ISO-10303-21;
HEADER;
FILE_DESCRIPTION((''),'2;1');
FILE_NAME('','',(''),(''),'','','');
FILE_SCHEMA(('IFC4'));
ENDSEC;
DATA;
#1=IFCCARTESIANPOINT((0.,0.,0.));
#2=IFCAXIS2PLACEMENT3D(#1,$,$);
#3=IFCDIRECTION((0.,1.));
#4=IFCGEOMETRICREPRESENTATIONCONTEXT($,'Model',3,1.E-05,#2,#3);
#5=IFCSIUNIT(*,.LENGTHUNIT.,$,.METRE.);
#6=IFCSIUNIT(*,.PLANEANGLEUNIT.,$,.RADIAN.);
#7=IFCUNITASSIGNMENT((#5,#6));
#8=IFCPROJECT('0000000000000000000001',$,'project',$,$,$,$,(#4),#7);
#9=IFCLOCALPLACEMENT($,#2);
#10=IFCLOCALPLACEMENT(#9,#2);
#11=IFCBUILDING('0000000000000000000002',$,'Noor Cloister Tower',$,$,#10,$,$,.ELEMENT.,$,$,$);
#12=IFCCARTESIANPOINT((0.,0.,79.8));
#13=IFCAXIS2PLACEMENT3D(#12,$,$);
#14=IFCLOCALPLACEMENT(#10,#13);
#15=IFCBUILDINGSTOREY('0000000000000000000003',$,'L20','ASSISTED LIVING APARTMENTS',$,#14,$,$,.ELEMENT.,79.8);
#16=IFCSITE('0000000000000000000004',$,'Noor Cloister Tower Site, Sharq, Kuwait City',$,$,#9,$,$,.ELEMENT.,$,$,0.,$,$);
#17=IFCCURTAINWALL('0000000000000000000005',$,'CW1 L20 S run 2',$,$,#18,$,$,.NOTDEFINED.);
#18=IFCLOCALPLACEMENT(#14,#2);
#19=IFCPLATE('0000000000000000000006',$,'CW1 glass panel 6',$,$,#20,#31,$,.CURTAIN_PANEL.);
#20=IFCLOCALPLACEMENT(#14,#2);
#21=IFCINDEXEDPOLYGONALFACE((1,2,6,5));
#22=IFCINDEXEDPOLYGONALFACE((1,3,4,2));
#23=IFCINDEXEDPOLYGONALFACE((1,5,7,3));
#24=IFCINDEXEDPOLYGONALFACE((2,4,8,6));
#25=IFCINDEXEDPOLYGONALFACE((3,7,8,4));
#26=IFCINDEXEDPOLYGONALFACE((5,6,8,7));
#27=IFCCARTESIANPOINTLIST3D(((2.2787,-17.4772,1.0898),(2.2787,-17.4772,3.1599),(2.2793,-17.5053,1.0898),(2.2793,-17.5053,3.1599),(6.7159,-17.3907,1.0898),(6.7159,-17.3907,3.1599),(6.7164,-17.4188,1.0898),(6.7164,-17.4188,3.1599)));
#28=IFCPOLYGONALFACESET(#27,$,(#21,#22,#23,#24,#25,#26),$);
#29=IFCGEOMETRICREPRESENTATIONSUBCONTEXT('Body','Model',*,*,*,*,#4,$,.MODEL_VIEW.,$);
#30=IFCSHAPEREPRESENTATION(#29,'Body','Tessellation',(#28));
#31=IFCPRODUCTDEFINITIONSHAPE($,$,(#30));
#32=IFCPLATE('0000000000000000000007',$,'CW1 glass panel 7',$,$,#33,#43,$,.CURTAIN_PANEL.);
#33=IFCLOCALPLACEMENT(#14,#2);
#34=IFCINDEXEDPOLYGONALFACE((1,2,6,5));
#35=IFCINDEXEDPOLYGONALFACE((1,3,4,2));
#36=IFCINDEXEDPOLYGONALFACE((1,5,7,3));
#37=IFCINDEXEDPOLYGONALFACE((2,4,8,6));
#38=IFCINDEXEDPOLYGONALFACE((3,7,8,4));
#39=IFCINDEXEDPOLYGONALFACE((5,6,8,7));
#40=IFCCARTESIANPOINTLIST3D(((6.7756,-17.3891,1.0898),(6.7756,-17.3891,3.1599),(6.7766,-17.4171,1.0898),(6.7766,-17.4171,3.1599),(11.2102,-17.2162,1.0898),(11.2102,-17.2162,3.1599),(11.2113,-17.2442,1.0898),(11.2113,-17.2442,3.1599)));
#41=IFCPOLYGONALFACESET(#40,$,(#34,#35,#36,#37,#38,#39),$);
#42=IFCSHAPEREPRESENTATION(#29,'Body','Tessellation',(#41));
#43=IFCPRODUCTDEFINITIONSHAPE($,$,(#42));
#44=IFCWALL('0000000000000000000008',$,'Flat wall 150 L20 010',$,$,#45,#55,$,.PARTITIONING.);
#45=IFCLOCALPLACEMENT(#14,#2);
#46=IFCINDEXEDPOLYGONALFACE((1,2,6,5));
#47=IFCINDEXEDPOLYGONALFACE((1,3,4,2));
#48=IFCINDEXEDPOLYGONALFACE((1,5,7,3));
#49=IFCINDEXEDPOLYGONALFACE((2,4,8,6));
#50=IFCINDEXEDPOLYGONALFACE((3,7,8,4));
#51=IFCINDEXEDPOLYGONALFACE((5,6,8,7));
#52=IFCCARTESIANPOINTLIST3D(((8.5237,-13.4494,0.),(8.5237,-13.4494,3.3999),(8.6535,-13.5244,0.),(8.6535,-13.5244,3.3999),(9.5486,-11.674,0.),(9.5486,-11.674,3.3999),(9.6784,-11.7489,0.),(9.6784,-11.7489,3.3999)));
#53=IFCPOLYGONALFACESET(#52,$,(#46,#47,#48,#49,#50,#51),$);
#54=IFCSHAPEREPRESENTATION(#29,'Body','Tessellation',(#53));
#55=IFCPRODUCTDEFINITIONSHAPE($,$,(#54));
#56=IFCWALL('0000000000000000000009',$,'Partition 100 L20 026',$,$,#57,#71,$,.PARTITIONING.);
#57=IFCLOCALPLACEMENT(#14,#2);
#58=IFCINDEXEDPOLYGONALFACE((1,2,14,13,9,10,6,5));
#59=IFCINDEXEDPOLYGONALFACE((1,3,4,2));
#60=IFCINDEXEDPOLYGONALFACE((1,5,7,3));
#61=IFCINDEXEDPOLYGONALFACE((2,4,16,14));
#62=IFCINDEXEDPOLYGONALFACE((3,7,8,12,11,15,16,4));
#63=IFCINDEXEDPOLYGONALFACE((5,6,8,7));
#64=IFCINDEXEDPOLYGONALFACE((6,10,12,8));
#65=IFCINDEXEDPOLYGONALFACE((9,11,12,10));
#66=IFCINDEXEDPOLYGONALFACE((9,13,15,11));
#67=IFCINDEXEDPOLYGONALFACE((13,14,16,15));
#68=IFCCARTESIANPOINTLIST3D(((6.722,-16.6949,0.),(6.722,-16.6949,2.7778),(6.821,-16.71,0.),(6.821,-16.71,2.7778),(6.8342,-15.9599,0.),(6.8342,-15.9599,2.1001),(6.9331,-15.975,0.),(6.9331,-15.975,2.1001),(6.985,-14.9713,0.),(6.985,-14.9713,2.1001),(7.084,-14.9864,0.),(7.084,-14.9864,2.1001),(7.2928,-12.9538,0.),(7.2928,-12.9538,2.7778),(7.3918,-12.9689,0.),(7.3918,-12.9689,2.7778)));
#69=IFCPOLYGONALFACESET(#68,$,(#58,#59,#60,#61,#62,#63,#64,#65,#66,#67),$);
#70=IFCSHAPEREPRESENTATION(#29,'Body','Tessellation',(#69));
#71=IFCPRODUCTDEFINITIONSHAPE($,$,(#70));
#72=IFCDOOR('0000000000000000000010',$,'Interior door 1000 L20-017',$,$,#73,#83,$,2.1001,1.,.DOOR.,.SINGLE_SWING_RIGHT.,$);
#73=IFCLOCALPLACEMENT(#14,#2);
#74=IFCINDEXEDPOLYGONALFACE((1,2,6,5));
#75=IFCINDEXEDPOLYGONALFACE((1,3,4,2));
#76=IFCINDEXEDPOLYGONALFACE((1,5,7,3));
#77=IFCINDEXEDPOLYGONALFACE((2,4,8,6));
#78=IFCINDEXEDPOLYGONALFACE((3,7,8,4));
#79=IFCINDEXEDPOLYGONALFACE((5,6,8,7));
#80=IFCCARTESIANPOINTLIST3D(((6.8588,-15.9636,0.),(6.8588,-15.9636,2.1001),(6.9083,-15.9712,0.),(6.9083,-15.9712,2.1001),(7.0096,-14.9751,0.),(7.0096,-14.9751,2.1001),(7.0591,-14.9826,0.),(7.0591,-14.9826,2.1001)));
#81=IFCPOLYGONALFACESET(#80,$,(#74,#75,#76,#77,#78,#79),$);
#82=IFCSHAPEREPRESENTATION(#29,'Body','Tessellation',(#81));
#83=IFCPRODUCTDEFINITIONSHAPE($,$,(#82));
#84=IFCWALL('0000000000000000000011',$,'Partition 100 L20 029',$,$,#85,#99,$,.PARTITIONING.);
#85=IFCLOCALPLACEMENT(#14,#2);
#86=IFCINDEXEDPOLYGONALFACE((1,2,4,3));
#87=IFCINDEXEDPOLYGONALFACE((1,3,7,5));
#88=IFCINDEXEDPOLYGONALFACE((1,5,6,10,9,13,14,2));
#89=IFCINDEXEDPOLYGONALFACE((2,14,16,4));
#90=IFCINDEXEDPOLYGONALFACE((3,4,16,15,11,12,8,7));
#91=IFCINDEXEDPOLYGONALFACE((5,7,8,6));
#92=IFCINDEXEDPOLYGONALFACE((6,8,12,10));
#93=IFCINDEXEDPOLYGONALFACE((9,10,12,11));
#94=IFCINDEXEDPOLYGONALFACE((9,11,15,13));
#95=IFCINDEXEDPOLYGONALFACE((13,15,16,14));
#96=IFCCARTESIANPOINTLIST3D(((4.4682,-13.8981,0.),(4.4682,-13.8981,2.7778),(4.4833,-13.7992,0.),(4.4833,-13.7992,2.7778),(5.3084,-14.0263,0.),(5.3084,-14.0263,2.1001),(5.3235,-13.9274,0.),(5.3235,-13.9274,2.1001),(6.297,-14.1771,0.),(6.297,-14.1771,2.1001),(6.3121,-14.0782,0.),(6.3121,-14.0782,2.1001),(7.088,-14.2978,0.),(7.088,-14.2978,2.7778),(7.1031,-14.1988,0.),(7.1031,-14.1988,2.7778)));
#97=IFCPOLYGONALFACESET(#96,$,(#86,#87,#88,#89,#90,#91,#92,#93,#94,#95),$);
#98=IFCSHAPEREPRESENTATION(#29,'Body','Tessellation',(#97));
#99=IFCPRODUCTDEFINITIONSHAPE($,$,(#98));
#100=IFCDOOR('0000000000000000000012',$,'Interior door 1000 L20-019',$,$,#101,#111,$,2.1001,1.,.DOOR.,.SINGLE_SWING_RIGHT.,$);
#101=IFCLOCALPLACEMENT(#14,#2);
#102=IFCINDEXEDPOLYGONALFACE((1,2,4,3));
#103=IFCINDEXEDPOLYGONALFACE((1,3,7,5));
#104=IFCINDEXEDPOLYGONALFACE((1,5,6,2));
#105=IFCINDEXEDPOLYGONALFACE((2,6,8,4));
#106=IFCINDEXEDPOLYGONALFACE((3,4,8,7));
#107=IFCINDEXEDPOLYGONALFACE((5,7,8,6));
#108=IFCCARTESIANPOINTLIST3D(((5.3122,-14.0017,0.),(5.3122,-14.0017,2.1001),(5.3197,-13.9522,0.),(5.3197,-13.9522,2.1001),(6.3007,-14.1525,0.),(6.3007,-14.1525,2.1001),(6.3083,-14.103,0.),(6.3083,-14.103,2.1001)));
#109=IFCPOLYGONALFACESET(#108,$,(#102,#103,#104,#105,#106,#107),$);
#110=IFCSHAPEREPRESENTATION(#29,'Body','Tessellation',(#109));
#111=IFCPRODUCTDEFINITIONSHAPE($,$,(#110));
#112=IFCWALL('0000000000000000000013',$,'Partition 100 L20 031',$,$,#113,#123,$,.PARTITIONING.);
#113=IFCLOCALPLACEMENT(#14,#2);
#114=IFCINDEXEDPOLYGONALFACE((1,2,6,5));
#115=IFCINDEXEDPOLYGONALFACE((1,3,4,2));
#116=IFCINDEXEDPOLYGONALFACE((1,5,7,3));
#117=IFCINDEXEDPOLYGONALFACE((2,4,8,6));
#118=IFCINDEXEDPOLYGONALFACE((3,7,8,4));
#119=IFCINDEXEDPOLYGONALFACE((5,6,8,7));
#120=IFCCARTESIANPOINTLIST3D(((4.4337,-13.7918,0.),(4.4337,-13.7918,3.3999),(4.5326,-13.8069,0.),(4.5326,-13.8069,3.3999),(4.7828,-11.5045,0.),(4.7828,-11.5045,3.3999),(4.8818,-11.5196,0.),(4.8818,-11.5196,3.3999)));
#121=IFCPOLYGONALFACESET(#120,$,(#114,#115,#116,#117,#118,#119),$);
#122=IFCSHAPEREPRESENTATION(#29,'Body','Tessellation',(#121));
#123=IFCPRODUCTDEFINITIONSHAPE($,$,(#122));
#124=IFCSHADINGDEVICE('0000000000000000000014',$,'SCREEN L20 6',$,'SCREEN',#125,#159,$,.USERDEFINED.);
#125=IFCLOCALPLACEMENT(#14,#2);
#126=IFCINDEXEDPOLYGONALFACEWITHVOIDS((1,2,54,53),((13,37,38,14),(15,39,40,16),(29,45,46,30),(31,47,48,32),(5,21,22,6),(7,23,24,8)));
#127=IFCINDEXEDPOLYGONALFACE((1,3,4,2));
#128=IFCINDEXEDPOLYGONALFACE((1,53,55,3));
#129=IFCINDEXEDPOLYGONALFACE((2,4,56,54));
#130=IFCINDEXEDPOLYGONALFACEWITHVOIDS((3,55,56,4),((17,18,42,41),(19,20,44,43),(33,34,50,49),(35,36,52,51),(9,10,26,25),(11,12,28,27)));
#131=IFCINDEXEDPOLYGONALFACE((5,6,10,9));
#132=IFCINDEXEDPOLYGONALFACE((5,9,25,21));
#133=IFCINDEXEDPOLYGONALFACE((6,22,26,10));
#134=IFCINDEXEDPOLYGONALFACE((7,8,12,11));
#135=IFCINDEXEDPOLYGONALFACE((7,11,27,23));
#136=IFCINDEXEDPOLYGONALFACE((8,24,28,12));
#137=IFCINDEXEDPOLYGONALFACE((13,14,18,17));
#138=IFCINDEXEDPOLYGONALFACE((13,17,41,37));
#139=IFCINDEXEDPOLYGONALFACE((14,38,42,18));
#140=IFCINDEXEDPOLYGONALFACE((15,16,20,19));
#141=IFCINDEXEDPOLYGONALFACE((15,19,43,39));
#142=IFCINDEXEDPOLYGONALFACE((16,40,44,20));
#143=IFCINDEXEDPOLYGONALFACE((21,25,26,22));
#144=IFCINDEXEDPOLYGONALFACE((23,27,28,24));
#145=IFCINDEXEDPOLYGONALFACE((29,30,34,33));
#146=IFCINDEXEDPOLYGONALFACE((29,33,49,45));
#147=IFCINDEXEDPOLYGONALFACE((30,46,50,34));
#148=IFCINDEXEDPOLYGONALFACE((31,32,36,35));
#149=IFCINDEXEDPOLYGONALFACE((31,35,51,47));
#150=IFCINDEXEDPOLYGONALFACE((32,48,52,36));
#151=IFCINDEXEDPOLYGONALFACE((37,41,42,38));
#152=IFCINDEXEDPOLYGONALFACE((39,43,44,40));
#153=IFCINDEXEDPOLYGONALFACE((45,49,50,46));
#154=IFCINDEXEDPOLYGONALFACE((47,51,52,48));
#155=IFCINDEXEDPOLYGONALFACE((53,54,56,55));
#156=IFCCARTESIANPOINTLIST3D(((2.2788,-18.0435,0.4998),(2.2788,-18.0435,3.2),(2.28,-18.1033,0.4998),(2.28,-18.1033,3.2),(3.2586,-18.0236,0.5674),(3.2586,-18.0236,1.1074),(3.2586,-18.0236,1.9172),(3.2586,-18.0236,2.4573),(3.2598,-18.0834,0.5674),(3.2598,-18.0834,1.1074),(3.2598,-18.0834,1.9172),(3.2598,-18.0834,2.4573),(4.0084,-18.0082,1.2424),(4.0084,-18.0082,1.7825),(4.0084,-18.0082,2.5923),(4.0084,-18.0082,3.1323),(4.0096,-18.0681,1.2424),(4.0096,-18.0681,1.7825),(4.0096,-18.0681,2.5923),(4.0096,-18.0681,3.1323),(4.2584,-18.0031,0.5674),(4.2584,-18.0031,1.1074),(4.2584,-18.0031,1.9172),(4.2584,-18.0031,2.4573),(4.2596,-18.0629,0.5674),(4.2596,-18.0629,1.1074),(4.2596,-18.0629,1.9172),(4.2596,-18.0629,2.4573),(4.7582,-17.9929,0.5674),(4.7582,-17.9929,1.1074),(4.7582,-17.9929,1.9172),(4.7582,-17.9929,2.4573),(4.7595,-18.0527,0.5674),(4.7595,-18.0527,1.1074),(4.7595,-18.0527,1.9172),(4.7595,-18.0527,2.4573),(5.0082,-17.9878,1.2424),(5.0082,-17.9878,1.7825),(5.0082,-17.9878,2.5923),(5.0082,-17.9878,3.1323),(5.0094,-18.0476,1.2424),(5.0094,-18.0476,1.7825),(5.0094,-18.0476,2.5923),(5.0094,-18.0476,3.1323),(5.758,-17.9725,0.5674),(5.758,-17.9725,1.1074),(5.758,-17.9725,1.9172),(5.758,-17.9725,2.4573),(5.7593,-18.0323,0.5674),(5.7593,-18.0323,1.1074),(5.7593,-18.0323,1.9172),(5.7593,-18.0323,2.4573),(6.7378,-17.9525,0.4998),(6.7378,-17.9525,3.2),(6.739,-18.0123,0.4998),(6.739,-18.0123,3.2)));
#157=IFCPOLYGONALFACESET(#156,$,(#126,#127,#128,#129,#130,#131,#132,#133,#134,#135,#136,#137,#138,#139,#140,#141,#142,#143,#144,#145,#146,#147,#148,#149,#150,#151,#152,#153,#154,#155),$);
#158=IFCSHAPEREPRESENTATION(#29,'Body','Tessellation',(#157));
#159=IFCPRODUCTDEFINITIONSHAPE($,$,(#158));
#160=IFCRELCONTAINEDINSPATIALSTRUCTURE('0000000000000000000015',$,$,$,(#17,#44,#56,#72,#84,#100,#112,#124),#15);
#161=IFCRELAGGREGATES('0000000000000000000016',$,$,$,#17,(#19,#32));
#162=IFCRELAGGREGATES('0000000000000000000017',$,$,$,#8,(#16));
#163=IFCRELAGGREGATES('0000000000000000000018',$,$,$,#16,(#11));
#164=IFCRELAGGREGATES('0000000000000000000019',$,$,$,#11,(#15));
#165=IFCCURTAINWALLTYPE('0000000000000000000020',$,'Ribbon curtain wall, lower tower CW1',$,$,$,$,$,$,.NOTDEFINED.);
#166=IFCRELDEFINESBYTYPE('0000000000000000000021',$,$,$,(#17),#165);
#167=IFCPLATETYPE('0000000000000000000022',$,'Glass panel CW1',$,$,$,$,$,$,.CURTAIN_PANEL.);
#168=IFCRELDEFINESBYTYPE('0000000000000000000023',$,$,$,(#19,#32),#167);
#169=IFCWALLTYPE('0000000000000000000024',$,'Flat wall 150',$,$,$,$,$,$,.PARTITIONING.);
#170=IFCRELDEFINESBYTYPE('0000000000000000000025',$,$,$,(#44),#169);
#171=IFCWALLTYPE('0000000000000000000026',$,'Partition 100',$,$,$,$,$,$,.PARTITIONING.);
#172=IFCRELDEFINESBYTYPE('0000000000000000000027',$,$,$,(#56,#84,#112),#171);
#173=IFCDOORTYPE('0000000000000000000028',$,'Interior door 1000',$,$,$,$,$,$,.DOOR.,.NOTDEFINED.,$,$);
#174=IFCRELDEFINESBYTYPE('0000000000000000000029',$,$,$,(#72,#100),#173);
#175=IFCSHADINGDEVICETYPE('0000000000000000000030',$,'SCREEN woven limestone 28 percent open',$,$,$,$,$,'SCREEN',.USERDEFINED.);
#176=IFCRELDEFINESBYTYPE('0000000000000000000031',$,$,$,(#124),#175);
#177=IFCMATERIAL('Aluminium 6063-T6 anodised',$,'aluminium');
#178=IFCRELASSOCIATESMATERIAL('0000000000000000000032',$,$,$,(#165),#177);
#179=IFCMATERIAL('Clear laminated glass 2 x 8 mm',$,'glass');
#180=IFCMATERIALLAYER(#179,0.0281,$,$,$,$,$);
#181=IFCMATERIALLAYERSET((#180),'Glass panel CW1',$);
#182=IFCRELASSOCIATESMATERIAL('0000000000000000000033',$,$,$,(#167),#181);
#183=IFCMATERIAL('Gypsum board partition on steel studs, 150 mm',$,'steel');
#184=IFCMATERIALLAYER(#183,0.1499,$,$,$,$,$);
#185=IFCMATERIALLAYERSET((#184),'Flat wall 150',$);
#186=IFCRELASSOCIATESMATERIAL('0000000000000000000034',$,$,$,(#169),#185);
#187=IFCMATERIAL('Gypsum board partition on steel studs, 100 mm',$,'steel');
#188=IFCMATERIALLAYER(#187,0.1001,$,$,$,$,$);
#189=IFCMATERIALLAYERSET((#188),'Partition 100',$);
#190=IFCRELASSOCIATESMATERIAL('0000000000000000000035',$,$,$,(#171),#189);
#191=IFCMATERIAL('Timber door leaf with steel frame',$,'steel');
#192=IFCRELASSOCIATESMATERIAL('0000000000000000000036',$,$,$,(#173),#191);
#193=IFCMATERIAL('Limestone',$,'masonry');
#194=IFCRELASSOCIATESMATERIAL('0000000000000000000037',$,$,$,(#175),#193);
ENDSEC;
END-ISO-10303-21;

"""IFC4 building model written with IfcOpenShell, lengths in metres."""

from ifc_helpers import new_model, si_unit, direction, frame, frame_2d, origin, origin_2d, place, context, subcontext, project, spatial, polyline, rectangle, outline, extrude, material, layer, layer_set, material_profile, profile_set, type_object, element, fill, aggregate, save


model = new_model("IFC4")

# Units and contexts
model_context = context("Model", 3, precision=1e-05, world=origin(), true_north=direction((0.0, 1.0)))
body_context = subcontext(model_context, "Body", "Model", "MODEL_VIEW")
ifc_project = project(units=[si_unit("LENGTHUNIT", "METRE"), si_unit("PLANEANGLEUNIT", "RADIAN")], contexts=[model_context])

# Site, building, storey
site_placement = place(None, origin())
site = spatial("IfcSite", under=ifc_project, at=site_placement, Name="Noor Cloister Tower Site, Sharq, Kuwait City", CompositionType="ELEMENT", RefElevation=0.0)
building_placement = place(site_placement, origin())
building = spatial("IfcBuilding", under=site, at=building_placement, Name="Noor Cloister Tower", CompositionType="ELEMENT")
storey_placement = place(building_placement, frame((0.0, 0.0, 79.8)))
storey = spatial("IfcBuildingStorey", under=building, at=storey_placement, Name="L20", Description="ASSISTED LIVING APARTMENTS", CompositionType="ELEMENT", Elevation=79.8)

# Curtain wall
ifc_material_1 = material(Name="Aluminium 6063-T6 anodised", Category="aluminium")
curtain_wall_type = type_object("IfcCurtainWallType", Name="Ribbon curtain wall, lower tower CW1", PredefinedType="NOTDEFINED", material=ifc_material_1)
curtain_wall_placement = place(storey_placement, origin())
curtain_wall = element("IfcCurtainWall", 1, at=curtain_wall_placement, inside=storey, type_object=curtain_wall_type, Name="CW1 L20 S run 2", PredefinedType="NOTDEFINED")

# Plates
ifc_material_2 = material(Name="Clear laminated glass 2 x 8 mm", Category="glass")
ifc_layer_1 = layer(ifc_material_2, 0.0281)
ifc_layer_set_1 = layer_set([ifc_layer_1], Name="Glass panel CW1")
plate_type = type_object("IfcPlateType", Name="Glass panel CW1", PredefinedType="CURTAIN_PANEL", material=ifc_layer_set_1)
plate_1_placement = place(storey_placement, frame((4.4976, -17.448, 1.0898), z_axis=(0.0, 0.0, 1.0), x_axis=(0.99981, 0.019479, 0.0)))
plate_1 = element("IfcPlate", 2, at=plate_1_placement, type_object=plate_type, Name="CW1 glass panel 6", PredefinedType="CURTAIN_PANEL", context=body_context, shape_type="SweptSolid", body=[
    extrude(rectangle(XDim=4.438, YDim=0.0281, at=origin_2d()), origin(), (0.0, 0.0, 1.0), 2.0701),
])
plate_2_placement = place(storey_placement, frame((8.9934, -17.3167, 1.0898), z_axis=(0.0, 0.0, 1.0), x_axis=(0.999241, 0.03895, 0.0)))
plate_2 = element("IfcPlate", 3, at=plate_2_placement, type_object=plate_type, Name="CW1 glass panel 7", PredefinedType="CURTAIN_PANEL", context=body_context, shape_type="SweptSolid", body=[
    extrude(rectangle(XDim=4.438, YDim=0.0281, at=origin_2d()), origin(), (0.0, 0.0, 1.0), 2.0701),
])
aggregate(curtain_wall, [plate_1, plate_2])

# Wall
ifc_material_3 = material(Name="Gypsum board partition on steel studs, 150 mm", Category="steel")
ifc_layer_2 = layer(ifc_material_3, 0.1499)
ifc_layer_set_2 = layer_set([ifc_layer_2], Name="Flat wall 150")
wall_type_1 = type_object("IfcWallType", Name="Flat wall 150", PredefinedType="PARTITIONING", material=ifc_layer_set_2)
wall_1_placement = place(storey_placement, frame((8.5886, -13.4868, 0.0), z_axis=(0.0, 0.0, 1.0), x_axis=(0.499956, 0.866051, 0.0)))
element("IfcWall", 4, at=wall_1_placement, inside=storey, type_object=wall_type_1, Name="Flat wall 150 L20 010", PredefinedType="PARTITIONING", context=body_context, shape_type="SweptSolid", body=[
    extrude(rectangle(XDim=2.05, YDim=0.1499, at=frame_2d((1.0249, 0.0))), origin(), (0.0, 0.0, 1.0), 3.3999),
])

# Walls, openings, doors
ifc_material_4 = material(Name="Gypsum board partition on steel studs, 100 mm", Category="steel")
ifc_layer_3 = layer(ifc_material_4, 0.1001)
ifc_layer_set_3 = layer_set([ifc_layer_3], Name="Partition 100")
wall_type_2 = type_object("IfcWallType", Name="Partition 100", PredefinedType="PARTITIONING", material=ifc_layer_set_3)
wall_2_placement = place(storey_placement, frame((7.3423, -12.9614, 0.0), z_axis=(0.0, 0.0, 1.0), x_axis=(-0.150826, -0.98856, 0.0)))
wall_2 = element("IfcWall", 5, at=wall_2_placement, inside=storey, type_object=wall_type_2, Name="Partition 100 L20 026", PredefinedType="PARTITIONING", context=body_context, shape_type="SweptSolid", body=[
    extrude(rectangle(XDim=3.7844, YDim=0.1001, at=frame_2d((1.8921, 0.0))), origin(), (0.0, 0.0, 1.0), 2.7778),
])
opening_1_placement = place(wall_2_placement, frame((2.0408, 0.0, 0.0)))
opening_1 = element("IfcOpeningElement", 6, at=opening_1_placement, cuts=wall_2, PredefinedType="OPENING", context=body_context, shape_type="SweptSolid", body=[
    extrude(rectangle(XDim=1.0, YDim=2.1001, at=frame_2d((0.5, 1.05))), frame((0.0, 0.0601, 0.0), z_axis=(0.0, -1.0, 0.0), x_axis=(1.0, 0.0, 0.0)), (0.0, 0.0, 1.0), 0.1201),
])
ifc_material_5 = material(Name="Timber door leaf with steel frame", Category="steel")
door_type = type_object("IfcDoorType", Name="Interior door 1000", OperationType="NOTDEFINED", PredefinedType="DOOR", material=ifc_material_5)
door_1_placement = place(opening_1_placement, origin())
door_1 = element("IfcDoor", 7, at=door_1_placement, inside=storey, type_object=door_type, Name="Interior door 1000 L20-017", OperationType="SINGLE_SWING_RIGHT", OverallHeight=2.1001, OverallWidth=1.0, PredefinedType="DOOR", context=body_context, shape_type="SweptSolid", body=[
    extrude(rectangle(XDim=1.0, YDim=2.1001, at=frame_2d((0.5, 1.05))), frame((0.0, 0.0249, 0.0), z_axis=(0.0, -1.0, 0.0), x_axis=(1.0, 0.0, 0.0)), (0.0, 0.0, 1.0), 0.05),
])
fill(opening_1, door_1)
wall_3_placement = place(storey_placement, frame((4.4756, -13.8486, 0.0), z_axis=(0.0, 0.0, 1.0), x_axis=(0.988564, -0.150804, 0.0)))
wall_3 = element("IfcWall", 8, at=wall_3_placement, inside=storey, type_object=wall_type_2, Name="Partition 100 L20 029", PredefinedType="PARTITIONING", context=body_context, shape_type="SweptSolid", body=[
    extrude(rectangle(XDim=2.6501, YDim=0.1001, at=frame_2d((1.3252, 0.0))), origin(), (0.0, 0.0, 1.0), 2.7778),
])
opening_2_placement = place(wall_3_placement, frame((0.8501, 0.0, 0.0)))
opening_2 = element("IfcOpeningElement", 9, at=opening_2_placement, cuts=wall_3, PredefinedType="OPENING", context=body_context, shape_type="SweptSolid", body=[
    extrude(rectangle(XDim=1.0, YDim=2.1001, at=frame_2d((0.5, 1.05))), frame((0.0, 0.0601, 0.0), z_axis=(0.0, -1.0, 0.0), x_axis=(1.0, 0.0, 0.0)), (0.0, 0.0, 1.0), 0.1201),
])
door_2_placement = place(opening_2_placement, origin())
door_2 = element("IfcDoor", 10, at=door_2_placement, inside=storey, type_object=door_type, Name="Interior door 1000 L20-019", OperationType="SINGLE_SWING_RIGHT", OverallHeight=2.1001, OverallWidth=1.0, PredefinedType="DOOR", context=body_context, shape_type="SweptSolid", body=[
    extrude(rectangle(XDim=1.0, YDim=2.1001, at=frame_2d((0.5, 1.05))), frame((0.0, 0.0249, 0.0), z_axis=(0.0, -1.0, 0.0), x_axis=(1.0, 0.0, 0.0)), (0.0, 0.0, 1.0), 0.05),
])
fill(opening_2, door_2)

# Wall
wall_4_placement = place(storey_placement, frame((4.8323, -11.5122, 0.0), z_axis=(0.0, 0.0, 1.0), x_axis=(-0.150899, -0.988549, 0.0)))
element("IfcWall", 11, at=wall_4_placement, inside=storey, type_object=wall_type_2, Name="Partition 100 L20 031", PredefinedType="PARTITIONING", context=body_context, shape_type="SweptSolid", body=[
    extrude(rectangle(XDim=2.3137, YDim=0.1001, at=frame_2d((1.1567, 0.0))), origin(), (0.0, 0.0, 1.0), 3.3999),
])

# Shading device
ifc_material_6 = material(Name="Limestone", Category="masonry")
ifc_material_profile_1 = material_profile(ifc_material_6, outline(polyline([(-2.23, -1.3501), (2.23, -1.3501), (2.23, 1.3501), (-2.23, 1.3501), (-2.23, -1.3501)]), holes=[polyline([(-1.25, -1.2825), (-0.25, -1.2825), (-0.25, -0.7424), (-1.25, -0.7424), (-1.25, -1.2825)]), polyline([(0.25, -1.2825), (1.25, -1.2825), (1.25, -0.7424), (0.25, -0.7424), (0.25, -1.2825)]), polyline([(-0.5, -0.6074), (0.5, -0.6074), (0.5, -0.0674), (-0.5, -0.0674), (-0.5, -0.6074)]), polyline([(-1.25, 0.0674), (-0.25, 0.0674), (-0.25, 0.6074), (-1.25, 0.6074), (-1.25, 0.0674)]), polyline([(0.25, 0.0674), (1.25, 0.0674), (1.25, 0.6074), (0.25, 0.6074), (0.25, 0.0674)]), polyline([(-0.5, 0.7424), (0.5, 0.7424), (0.5, 1.2825), (-0.5, 1.2825), (-0.5, 0.7424)])]), Name="Woven screen 28 percent open")
ifc_profile_set_1 = profile_set([ifc_material_profile_1], Name="Limestone")
shading_device_type = type_object("IfcShadingDeviceType", Name="SCREEN woven limestone 28 percent open", ElementType="SCREEN", PredefinedType="USERDEFINED", material=ifc_profile_set_1)
shading_device_1_placement = place(storey_placement, frame((4.5083, -17.998, 1.8499), z_axis=(0.020404, -0.999792, 0.0), x_axis=(0.999792, 0.020404, 0.0)))
element("IfcShadingDevice", 12, at=shading_device_1_placement, inside=storey, type_object=shading_device_type, Name="SCREEN L20 6", ObjectType="SCREEN", PredefinedType="USERDEFINED", context=body_context, shape_type="SweptSolid", body=[
    extrude(outline(polyline([(-2.23, -1.3501), (2.23, -1.3501), (2.23, 1.3501), (-2.23, 1.3501), (-2.23, -1.3501)]), holes=[polyline([(-1.25, -1.2825), (-0.25, -1.2825), (-0.25, -0.7424), (-1.25, -0.7424), (-1.25, -1.2825)]), polyline([(0.25, -1.2825), (1.25, -1.2825), (1.25, -0.7424), (0.25, -0.7424), (0.25, -1.2825)]), polyline([(-0.5, -0.6074), (0.5, -0.6074), (0.5, -0.0674), (-0.5, -0.0674), (-0.5, -0.6074)]), polyline([(-1.25, 0.0674), (-0.25, 0.0674), (-0.25, 0.6074), (-1.25, 0.6074), (-1.25, 0.0674)]), polyline([(0.25, 0.0674), (1.25, 0.0674), (1.25, 0.6074), (0.25, 0.6074), (0.25, 0.0674)]), polyline([(-0.5, 0.7424), (0.5, 0.7424), (0.5, 1.2825), (-0.5, 1.2825), (-0.5, 0.7424)])]), origin(), (0.0, 0.0, 1.0), 0.0598),
])

save(model, "model.ifc")
